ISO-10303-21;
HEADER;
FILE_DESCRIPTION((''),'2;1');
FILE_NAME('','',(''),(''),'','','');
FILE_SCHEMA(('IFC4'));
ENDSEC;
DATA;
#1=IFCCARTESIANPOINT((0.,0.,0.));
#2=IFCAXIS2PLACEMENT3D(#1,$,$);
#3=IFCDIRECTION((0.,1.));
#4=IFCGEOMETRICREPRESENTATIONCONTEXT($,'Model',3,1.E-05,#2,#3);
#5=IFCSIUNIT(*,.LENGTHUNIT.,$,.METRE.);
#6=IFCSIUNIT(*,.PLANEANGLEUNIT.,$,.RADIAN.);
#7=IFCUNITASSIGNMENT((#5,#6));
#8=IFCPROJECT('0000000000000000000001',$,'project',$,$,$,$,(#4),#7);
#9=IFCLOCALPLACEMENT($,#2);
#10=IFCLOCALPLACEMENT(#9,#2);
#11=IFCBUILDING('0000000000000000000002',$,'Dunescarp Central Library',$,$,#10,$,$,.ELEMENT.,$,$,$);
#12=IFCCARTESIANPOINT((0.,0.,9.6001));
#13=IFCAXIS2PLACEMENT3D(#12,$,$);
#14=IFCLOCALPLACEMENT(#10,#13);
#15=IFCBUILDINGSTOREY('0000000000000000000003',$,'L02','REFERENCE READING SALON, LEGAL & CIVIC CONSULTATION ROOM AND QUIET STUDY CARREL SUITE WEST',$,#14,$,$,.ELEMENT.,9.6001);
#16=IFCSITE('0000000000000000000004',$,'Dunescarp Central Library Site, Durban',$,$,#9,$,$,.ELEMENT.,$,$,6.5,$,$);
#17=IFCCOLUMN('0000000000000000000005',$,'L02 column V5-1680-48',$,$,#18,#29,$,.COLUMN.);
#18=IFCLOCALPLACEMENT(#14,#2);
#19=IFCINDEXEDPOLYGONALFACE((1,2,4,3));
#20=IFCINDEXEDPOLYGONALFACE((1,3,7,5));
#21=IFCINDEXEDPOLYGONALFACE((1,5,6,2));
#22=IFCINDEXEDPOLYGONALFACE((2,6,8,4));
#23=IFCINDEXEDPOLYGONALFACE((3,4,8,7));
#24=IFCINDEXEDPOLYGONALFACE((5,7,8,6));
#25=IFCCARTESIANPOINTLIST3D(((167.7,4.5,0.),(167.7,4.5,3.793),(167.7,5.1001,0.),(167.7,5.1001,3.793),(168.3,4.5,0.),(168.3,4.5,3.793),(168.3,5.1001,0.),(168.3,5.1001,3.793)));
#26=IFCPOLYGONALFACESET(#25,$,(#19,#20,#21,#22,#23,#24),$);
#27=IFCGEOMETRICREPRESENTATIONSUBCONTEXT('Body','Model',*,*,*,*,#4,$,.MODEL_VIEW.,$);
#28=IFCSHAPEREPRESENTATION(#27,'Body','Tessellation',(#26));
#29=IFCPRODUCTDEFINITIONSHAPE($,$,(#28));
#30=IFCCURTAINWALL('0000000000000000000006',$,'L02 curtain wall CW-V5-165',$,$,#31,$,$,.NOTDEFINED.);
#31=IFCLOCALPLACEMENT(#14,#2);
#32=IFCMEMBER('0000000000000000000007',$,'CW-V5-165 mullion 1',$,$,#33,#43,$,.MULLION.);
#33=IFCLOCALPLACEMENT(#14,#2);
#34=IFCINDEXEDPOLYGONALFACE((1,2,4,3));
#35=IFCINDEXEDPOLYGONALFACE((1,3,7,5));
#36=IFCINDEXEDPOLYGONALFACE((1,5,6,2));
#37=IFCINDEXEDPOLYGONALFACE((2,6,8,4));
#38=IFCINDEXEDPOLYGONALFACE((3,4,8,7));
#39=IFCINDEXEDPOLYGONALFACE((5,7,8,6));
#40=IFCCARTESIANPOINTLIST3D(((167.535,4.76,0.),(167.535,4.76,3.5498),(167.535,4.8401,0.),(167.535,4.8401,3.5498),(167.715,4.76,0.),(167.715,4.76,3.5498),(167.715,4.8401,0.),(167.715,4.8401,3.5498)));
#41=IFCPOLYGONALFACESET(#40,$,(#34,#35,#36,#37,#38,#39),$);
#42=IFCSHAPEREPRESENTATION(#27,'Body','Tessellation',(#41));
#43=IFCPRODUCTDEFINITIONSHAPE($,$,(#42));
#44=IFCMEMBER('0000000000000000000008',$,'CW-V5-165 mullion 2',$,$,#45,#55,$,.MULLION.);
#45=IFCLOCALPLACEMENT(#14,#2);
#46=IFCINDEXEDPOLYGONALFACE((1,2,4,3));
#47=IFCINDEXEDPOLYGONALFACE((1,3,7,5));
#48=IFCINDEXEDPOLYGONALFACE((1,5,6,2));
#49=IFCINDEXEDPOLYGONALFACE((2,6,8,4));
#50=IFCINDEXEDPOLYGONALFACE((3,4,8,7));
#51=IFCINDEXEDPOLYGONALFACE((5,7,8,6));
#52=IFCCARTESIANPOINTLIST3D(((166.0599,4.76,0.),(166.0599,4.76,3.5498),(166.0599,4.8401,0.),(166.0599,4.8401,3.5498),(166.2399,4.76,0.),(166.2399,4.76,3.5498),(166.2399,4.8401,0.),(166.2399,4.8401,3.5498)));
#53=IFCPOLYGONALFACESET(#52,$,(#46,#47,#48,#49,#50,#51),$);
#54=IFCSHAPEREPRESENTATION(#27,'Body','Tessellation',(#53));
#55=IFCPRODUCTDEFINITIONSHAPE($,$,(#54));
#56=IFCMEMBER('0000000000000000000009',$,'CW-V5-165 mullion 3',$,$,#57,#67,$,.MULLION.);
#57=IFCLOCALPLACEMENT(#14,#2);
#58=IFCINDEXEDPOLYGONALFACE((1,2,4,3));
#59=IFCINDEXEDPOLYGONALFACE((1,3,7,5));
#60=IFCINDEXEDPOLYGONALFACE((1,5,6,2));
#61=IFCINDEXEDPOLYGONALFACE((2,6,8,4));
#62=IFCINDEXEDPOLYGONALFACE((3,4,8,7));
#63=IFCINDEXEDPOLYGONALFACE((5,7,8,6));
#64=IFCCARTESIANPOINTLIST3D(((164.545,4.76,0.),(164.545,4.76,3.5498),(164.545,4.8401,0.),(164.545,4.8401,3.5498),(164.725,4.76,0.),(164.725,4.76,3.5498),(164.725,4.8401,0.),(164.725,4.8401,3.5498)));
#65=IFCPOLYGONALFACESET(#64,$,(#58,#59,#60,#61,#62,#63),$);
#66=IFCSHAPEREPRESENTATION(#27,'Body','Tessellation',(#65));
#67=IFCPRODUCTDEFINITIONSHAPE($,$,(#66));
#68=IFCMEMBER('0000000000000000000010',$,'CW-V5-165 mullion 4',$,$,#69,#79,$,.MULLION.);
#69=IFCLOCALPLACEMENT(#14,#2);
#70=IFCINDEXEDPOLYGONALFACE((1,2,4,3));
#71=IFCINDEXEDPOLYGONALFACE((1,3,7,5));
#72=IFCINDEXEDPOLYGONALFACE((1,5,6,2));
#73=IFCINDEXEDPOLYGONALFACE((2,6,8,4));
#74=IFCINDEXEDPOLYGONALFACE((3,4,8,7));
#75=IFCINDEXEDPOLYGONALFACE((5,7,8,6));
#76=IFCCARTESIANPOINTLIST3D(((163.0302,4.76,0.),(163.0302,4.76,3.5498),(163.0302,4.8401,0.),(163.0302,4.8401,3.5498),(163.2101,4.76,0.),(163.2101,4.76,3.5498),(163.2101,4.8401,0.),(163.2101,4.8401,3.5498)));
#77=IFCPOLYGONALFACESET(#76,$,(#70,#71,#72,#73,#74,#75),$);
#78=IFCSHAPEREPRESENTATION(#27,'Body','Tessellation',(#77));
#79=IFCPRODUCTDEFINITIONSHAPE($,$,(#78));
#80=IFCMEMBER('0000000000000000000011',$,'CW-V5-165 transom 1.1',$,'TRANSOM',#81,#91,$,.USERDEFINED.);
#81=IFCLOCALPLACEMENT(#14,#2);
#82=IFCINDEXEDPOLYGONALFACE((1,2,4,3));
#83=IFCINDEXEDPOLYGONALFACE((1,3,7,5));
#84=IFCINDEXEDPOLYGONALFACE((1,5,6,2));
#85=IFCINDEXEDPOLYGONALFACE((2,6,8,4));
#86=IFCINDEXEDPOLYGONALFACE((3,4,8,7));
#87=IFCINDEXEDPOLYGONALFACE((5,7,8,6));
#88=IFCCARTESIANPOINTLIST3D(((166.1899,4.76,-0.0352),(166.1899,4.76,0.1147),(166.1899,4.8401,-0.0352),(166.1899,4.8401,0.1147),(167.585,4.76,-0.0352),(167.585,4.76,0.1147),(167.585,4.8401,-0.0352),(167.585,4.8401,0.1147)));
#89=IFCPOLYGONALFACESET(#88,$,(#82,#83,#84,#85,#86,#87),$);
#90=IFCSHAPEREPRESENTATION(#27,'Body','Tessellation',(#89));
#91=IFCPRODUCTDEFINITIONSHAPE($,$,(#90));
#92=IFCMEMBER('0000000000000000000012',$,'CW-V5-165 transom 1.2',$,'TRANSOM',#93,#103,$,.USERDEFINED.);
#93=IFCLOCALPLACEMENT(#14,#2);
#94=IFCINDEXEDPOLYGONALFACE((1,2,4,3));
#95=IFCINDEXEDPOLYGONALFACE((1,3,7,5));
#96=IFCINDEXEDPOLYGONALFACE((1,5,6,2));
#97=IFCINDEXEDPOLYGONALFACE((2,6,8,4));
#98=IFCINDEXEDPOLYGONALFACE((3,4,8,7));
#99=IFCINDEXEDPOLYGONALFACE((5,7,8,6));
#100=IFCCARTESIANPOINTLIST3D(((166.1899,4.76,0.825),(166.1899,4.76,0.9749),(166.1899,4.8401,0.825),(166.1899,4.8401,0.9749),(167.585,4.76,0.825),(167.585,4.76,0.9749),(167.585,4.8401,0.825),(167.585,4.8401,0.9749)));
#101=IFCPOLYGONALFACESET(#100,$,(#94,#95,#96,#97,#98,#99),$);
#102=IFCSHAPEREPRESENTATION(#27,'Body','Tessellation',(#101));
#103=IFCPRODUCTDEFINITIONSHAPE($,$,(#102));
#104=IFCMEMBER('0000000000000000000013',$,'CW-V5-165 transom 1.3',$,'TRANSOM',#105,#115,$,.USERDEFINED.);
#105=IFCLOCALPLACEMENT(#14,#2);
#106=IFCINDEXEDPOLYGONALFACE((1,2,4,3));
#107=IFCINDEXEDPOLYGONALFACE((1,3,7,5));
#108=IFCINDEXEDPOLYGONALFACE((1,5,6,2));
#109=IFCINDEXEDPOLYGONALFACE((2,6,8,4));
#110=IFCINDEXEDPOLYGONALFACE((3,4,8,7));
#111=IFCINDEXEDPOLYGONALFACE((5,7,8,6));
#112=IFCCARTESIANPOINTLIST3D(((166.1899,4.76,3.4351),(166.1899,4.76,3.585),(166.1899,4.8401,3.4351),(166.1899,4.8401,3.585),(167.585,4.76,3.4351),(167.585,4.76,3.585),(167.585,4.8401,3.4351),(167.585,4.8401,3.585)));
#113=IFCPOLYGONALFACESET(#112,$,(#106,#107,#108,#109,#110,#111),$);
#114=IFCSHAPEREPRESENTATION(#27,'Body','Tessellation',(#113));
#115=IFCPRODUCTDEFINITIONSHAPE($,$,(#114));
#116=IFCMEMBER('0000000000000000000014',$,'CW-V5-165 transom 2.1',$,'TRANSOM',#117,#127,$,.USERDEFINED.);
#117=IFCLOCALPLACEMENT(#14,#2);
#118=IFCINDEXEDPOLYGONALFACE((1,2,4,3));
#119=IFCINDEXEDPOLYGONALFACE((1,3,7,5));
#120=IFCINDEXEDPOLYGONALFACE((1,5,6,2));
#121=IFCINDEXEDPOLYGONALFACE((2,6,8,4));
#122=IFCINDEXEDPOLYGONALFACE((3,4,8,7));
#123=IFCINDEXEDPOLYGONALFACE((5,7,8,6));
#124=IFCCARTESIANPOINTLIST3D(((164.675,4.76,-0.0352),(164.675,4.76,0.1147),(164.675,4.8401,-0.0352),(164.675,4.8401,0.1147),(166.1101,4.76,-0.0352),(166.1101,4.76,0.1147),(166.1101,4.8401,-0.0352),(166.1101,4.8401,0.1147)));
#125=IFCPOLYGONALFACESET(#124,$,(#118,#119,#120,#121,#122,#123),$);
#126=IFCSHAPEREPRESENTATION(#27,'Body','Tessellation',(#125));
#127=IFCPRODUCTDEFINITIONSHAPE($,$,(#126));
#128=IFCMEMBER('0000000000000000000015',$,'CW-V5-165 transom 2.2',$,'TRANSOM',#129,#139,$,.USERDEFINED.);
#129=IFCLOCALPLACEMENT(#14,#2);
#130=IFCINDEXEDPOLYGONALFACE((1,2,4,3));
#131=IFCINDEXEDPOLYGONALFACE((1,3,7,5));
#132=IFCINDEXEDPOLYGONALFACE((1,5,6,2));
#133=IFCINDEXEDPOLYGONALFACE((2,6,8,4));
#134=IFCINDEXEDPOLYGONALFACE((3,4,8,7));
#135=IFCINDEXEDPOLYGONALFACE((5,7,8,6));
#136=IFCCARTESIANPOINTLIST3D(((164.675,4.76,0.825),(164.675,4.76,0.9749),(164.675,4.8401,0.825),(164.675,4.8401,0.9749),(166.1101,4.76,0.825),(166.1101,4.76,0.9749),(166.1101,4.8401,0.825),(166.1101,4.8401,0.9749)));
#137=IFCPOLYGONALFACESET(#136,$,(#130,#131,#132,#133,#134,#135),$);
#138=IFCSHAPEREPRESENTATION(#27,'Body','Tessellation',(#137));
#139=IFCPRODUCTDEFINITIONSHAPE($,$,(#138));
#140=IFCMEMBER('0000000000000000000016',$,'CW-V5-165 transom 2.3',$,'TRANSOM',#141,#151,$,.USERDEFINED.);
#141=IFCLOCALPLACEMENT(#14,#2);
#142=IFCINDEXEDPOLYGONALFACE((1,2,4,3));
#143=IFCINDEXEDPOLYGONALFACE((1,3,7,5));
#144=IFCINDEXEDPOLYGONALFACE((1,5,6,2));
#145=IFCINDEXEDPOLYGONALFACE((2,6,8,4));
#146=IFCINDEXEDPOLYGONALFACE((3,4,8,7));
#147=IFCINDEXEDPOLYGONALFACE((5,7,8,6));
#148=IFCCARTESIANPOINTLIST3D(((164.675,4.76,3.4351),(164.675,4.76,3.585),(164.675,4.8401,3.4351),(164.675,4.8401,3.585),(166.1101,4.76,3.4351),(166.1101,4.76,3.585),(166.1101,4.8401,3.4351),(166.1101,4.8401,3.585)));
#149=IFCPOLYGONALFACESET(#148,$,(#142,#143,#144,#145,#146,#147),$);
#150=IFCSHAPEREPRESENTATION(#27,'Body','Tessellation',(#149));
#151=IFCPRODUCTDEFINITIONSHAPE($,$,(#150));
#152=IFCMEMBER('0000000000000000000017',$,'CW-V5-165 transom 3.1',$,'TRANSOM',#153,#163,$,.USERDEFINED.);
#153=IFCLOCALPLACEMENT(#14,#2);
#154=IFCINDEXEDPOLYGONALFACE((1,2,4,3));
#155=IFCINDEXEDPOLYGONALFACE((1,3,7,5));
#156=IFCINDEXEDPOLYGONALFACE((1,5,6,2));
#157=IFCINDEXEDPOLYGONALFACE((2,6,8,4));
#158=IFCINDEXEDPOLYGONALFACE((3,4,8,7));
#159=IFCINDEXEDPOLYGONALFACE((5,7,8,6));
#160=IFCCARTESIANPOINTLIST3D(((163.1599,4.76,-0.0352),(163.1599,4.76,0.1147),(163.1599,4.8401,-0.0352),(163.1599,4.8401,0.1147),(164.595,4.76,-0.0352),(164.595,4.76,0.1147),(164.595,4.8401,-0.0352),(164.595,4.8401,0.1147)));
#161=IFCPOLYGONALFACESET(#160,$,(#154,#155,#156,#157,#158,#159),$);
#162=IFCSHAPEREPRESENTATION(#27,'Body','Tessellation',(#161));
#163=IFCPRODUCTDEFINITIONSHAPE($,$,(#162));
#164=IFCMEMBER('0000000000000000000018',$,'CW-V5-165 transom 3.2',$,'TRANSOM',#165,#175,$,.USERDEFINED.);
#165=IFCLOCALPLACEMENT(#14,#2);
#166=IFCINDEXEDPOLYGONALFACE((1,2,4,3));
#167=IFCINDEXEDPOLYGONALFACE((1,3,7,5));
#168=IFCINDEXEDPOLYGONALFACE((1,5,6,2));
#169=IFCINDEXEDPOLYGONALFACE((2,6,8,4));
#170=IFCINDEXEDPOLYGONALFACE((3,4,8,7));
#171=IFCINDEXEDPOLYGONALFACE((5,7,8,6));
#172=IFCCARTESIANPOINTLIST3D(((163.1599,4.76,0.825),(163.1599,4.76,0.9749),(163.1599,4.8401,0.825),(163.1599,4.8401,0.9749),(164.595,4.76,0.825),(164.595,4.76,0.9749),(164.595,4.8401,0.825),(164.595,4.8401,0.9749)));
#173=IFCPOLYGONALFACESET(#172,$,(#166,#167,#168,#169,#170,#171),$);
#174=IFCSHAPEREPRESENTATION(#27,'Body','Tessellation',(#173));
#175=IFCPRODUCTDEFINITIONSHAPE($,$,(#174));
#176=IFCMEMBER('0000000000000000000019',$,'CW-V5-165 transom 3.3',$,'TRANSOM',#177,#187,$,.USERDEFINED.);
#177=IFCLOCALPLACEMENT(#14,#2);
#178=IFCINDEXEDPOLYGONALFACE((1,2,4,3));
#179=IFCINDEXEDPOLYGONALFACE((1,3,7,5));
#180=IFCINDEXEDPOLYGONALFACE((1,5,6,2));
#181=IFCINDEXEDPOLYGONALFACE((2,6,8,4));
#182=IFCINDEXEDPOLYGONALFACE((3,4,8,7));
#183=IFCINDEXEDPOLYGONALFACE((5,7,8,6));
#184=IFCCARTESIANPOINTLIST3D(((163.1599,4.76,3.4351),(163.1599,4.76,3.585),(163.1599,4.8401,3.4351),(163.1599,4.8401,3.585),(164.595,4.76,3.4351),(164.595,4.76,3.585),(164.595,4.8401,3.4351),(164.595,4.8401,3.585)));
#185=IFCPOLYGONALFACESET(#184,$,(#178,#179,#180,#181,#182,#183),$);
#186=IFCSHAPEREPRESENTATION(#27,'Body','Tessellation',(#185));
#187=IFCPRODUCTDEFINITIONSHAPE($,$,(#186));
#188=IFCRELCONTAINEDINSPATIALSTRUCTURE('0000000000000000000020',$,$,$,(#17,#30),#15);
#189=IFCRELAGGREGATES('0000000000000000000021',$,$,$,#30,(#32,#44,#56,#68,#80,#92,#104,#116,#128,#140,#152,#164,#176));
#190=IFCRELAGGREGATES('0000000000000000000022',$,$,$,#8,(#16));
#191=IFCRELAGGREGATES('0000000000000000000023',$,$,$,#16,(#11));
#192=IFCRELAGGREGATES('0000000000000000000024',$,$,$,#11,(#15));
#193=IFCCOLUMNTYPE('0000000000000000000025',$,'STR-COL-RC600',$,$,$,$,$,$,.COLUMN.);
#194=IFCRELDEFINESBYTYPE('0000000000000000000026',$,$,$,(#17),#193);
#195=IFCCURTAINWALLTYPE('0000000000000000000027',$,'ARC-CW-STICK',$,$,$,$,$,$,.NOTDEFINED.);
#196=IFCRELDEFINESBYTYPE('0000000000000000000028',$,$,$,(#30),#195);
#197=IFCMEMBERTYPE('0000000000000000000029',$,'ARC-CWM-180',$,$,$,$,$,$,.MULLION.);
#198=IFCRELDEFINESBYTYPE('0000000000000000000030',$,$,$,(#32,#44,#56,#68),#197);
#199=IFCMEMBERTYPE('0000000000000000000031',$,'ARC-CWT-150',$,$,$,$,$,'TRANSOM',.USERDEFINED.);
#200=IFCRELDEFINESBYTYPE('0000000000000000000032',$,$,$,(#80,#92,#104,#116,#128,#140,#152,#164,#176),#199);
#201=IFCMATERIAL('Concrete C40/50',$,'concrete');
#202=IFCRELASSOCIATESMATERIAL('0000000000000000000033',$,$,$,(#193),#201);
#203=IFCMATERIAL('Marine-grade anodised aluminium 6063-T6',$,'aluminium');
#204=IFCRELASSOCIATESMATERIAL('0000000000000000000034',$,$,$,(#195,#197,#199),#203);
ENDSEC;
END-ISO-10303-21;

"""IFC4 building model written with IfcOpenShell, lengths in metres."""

from ifc_helpers import new_model, si_unit, direction, frame, origin, origin_2d, place, context, subcontext, project, spatial, rectangle, extrude, material, material_profile, profile_set, type_object, element, aggregate, save


model = new_model("IFC4")

# Units and contexts
model_context = context("Model", 3, precision=1e-05, world=origin(), true_north=direction((0.0, 1.0)))
body_context = subcontext(model_context, "Body", "Model", "MODEL_VIEW")
ifc_project = project(units=[si_unit("LENGTHUNIT", "METRE"), si_unit("PLANEANGLEUNIT", "RADIAN")], contexts=[model_context])

# Site, building, storey
site_placement = place(None, origin())
site = spatial("IfcSite", under=ifc_project, at=site_placement, Name="Dunescarp Central Library Site, Durban", CompositionType="ELEMENT", RefElevation=6.5)
building_placement = place(site_placement, origin())
building = spatial("IfcBuilding", under=site, at=building_placement, Name="Dunescarp Central Library", CompositionType="ELEMENT")
storey_placement = place(building_placement, frame((0.0, 0.0, 9.6001)))
storey = spatial("IfcBuildingStorey", under=building, at=storey_placement, Name="L02", Description="REFERENCE READING SALON, LEGAL & CIVIC CONSULTATION ROOM AND QUIET STUDY CARREL SUITE WEST", CompositionType="ELEMENT", Elevation=9.6001)

# Column
ifc_material_1 = material(Name="Concrete C40/50", Category="concrete")
ifc_material_profile_1 = material_profile(ifc_material_1, rectangle(XDim=0.6001, YDim=0.6001, at=origin_2d()), Name="RC 600x600")
ifc_profile_set_1 = profile_set([ifc_material_profile_1], Name="Concrete C40/50")
column_type = type_object("IfcColumnType", Name="STR-COL-RC600", PredefinedType="COLUMN", material=ifc_profile_set_1)
column_placement = place(storey_placement, frame((168.0, 4.8, 0.0), z_axis=(0.0, 0.0, 1.0), x_axis=(1.0, 0.0, 0.0)))
element("IfcColumn", 1, at=column_placement, inside=storey, type_object=column_type, Name="L02 column V5-1680-48", PredefinedType="COLUMN", context=body_context, shape_type="SweptSolid", body=[
    extrude(rectangle(XDim=0.6001, YDim=0.6001, at=origin_2d()), origin(), (0.0, 0.0, 1.0), 3.793),
])

# Curtain wall, members
ifc_material_2 = material(Name="Marine-grade anodised aluminium 6063-T6", Category="aluminium")
curtain_wall_type = type_object("IfcCurtainWallType", Name="ARC-CW-STICK", PredefinedType="NOTDEFINED", material=ifc_material_2)
curtain_wall_placement = place(storey_placement, origin())
curtain_wall = element("IfcCurtainWall", 2, at=curtain_wall_placement, inside=storey, type_object=curtain_wall_type, Name="L02 curtain wall CW-V5-165", PredefinedType="NOTDEFINED")
ifc_material_profile_2 = material_profile(ifc_material_2, rectangle(XDim=0.0801, YDim=0.1799, at=origin_2d()), Name="AL 80x180")
ifc_profile_set_2 = profile_set([ifc_material_profile_2], Name="Marine-grade anodised aluminium 6063-T6")
member_type_1 = type_object("IfcMemberType", Name="ARC-CWM-180", PredefinedType="MULLION", material=ifc_profile_set_2)
member_1_placement = place(storey_placement, frame((167.625, 4.8, 0.0), z_axis=(0.0, 0.0, 1.0), x_axis=(0.0, -1.0, 0.0)))
member_1 = element("IfcMember", 3, at=member_1_placement, type_object=member_type_1, Name="CW-V5-165 mullion 1", PredefinedType="MULLION", context=body_context, shape_type="SweptSolid", body=[
    extrude(rectangle(XDim=0.0801, YDim=0.1799, at=origin_2d()), origin(), (0.0, 0.0, 1.0), 3.5498),
])
member_2_placement = place(storey_placement, frame((166.1499, 4.8, 0.0), z_axis=(0.0, 0.0, 1.0), x_axis=(0.0, -1.0, 0.0)))
member_2 = element("IfcMember", 4, at=member_2_placement, type_object=member_type_1, Name="CW-V5-165 mullion 2", PredefinedType="MULLION", context=body_context, shape_type="SweptSolid", body=[
    extrude(rectangle(XDim=0.0801, YDim=0.1799, at=origin_2d()), origin(), (0.0, 0.0, 1.0), 3.5498),
])
member_3_placement = place(storey_placement, frame((164.635, 4.8, 0.0), z_axis=(0.0, 0.0, 1.0), x_axis=(0.0, -1.0, 0.0)))
member_3 = element("IfcMember", 5, at=member_3_placement, type_object=member_type_1, Name="CW-V5-165 mullion 3", PredefinedType="MULLION", context=body_context, shape_type="SweptSolid", body=[
    extrude(rectangle(XDim=0.0801, YDim=0.1799, at=origin_2d()), origin(), (0.0, 0.0, 1.0), 3.5498),
])
member_4_placement = place(storey_placement, frame((163.1201, 4.8, 0.0), z_axis=(0.0, 0.0, 1.0), x_axis=(0.0, -1.0, 0.0)))
member_4 = element("IfcMember", 6, at=member_4_placement, type_object=member_type_1, Name="CW-V5-165 mullion 4", PredefinedType="MULLION", context=body_context, shape_type="SweptSolid", body=[
    extrude(rectangle(XDim=0.0801, YDim=0.1799, at=origin_2d()), origin(), (0.0, 0.0, 1.0), 3.5498),
])
ifc_material_profile_3 = material_profile(ifc_material_2, rectangle(XDim=0.0801, YDim=0.1499, at=origin_2d()), Name="AL 80x150")
ifc_profile_set_3 = profile_set([ifc_material_profile_3], Name="Marine-grade anodised aluminium 6063-T6")
member_type_2 = type_object("IfcMemberType", Name="ARC-CWT-150", ElementType="TRANSOM", PredefinedType="USERDEFINED", material=ifc_profile_set_3)
member_5_placement = place(storey_placement, frame((167.585, 4.8, 0.0398), z_axis=(-1.0, 0.0, 0.0), x_axis=(0.0, -1.0, 0.0)))
member_5 = element("IfcMember", 7, at=member_5_placement, type_object=member_type_2, Name="CW-V5-165 transom 1.1", ObjectType="TRANSOM", PredefinedType="USERDEFINED", context=body_context, shape_type="SweptSolid", body=[
    extrude(rectangle(XDim=0.0801, YDim=0.1499, at=origin_2d()), origin(), (0.0, 0.0, 1.0), 1.395),
])
member_6_placement = place(storey_placement, frame((167.585, 4.8, 0.8999), z_axis=(-1.0, 0.0, 0.0), x_axis=(0.0, -1.0, 0.0)))
member_6 = element("IfcMember", 8, at=member_6_placement, type_object=member_type_2, Name="CW-V5-165 transom 1.2", ObjectType="TRANSOM", PredefinedType="USERDEFINED", context=body_context, shape_type="SweptSolid", body=[
    extrude(rectangle(XDim=0.0801, YDim=0.1499, at=origin_2d()), origin(), (0.0, 0.0, 1.0), 1.395),
])
member_7_placement = place(storey_placement, frame((167.585, 4.8, 3.51), z_axis=(-1.0, 0.0, 0.0), x_axis=(0.0, -1.0, 0.0)))
member_7 = element("IfcMember", 9, at=member_7_placement, type_object=member_type_2, Name="CW-V5-165 transom 1.3", ObjectType="TRANSOM", PredefinedType="USERDEFINED", context=body_context, shape_type="SweptSolid", body=[
    extrude(rectangle(XDim=0.0801, YDim=0.1499, at=origin_2d()), origin(), (0.0, 0.0, 1.0), 1.395),
])
member_8_placement = place(storey_placement, frame((166.1101, 4.8, 0.0398), z_axis=(-1.0, 0.0, 0.0), x_axis=(0.0, -1.0, 0.0)))
member_8 = element("IfcMember", 10, at=member_8_placement, type_object=member_type_2, Name="CW-V5-165 transom 2.1", ObjectType="TRANSOM", PredefinedType="USERDEFINED", context=body_context, shape_type="SweptSolid", body=[
    extrude(rectangle(XDim=0.0801, YDim=0.1499, at=origin_2d()), origin(), (0.0, 0.0, 1.0), 1.4351),
])
member_9_placement = place(storey_placement, frame((166.1101, 4.8, 0.8999), z_axis=(-1.0, 0.0, 0.0), x_axis=(0.0, -1.0, 0.0)))
member_9 = element("IfcMember", 11, at=member_9_placement, type_object=member_type_2, Name="CW-V5-165 transom 2.2", ObjectType="TRANSOM", PredefinedType="USERDEFINED", context=body_context, shape_type="SweptSolid", body=[
    extrude(rectangle(XDim=0.0801, YDim=0.1499, at=origin_2d()), origin(), (0.0, 0.0, 1.0), 1.4351),
])
member_10_placement = place(storey_placement, frame((166.1101, 4.8, 3.51), z_axis=(-1.0, 0.0, 0.0), x_axis=(0.0, -1.0, 0.0)))
member_10 = element("IfcMember", 12, at=member_10_placement, type_object=member_type_2, Name="CW-V5-165 transom 2.3", ObjectType="TRANSOM", PredefinedType="USERDEFINED", context=body_context, shape_type="SweptSolid", body=[
    extrude(rectangle(XDim=0.0801, YDim=0.1499, at=origin_2d()), origin(), (0.0, 0.0, 1.0), 1.4351),
])
member_11_placement = place(storey_placement, frame((164.595, 4.8, 0.0398), z_axis=(-1.0, 0.0, 0.0), x_axis=(0.0, -1.0, 0.0)))
member_11 = element("IfcMember", 13, at=member_11_placement, type_object=member_type_2, Name="CW-V5-165 transom 3.1", ObjectType="TRANSOM", PredefinedType="USERDEFINED", context=body_context, shape_type="SweptSolid", body=[
    extrude(rectangle(XDim=0.0801, YDim=0.1499, at=origin_2d()), origin(), (0.0, 0.0, 1.0), 1.4351),
])
member_12_placement = place(storey_placement, frame((164.595, 4.8, 0.8999), z_axis=(-1.0, 0.0, 0.0), x_axis=(0.0, -1.0, 0.0)))
member_12 = element("IfcMember", 14, at=member_12_placement, type_object=member_type_2, Name="CW-V5-165 transom 3.2", ObjectType="TRANSOM", PredefinedType="USERDEFINED", context=body_context, shape_type="SweptSolid", body=[
    extrude(rectangle(XDim=0.0801, YDim=0.1499, at=origin_2d()), origin(), (0.0, 0.0, 1.0), 1.4351),
])
member_13_placement = place(storey_placement, frame((164.595, 4.8, 3.51), z_axis=(-1.0, 0.0, 0.0), x_axis=(0.0, -1.0, 0.0)))
member_13 = element("IfcMember", 15, at=member_13_placement, type_object=member_type_2, Name="CW-V5-165 transom 3.3", ObjectType="TRANSOM", PredefinedType="USERDEFINED", context=body_context, shape_type="SweptSolid", body=[
    extrude(rectangle(XDim=0.0801, YDim=0.1499, at=origin_2d()), origin(), (0.0, 0.0, 1.0), 1.4351),
])
aggregate(curtain_wall, [member_1, member_2, member_3, member_4, member_5, member_6, member_7, member_8, member_9, member_10, member_11, member_12, member_13])

save(model, "model.ifc")
